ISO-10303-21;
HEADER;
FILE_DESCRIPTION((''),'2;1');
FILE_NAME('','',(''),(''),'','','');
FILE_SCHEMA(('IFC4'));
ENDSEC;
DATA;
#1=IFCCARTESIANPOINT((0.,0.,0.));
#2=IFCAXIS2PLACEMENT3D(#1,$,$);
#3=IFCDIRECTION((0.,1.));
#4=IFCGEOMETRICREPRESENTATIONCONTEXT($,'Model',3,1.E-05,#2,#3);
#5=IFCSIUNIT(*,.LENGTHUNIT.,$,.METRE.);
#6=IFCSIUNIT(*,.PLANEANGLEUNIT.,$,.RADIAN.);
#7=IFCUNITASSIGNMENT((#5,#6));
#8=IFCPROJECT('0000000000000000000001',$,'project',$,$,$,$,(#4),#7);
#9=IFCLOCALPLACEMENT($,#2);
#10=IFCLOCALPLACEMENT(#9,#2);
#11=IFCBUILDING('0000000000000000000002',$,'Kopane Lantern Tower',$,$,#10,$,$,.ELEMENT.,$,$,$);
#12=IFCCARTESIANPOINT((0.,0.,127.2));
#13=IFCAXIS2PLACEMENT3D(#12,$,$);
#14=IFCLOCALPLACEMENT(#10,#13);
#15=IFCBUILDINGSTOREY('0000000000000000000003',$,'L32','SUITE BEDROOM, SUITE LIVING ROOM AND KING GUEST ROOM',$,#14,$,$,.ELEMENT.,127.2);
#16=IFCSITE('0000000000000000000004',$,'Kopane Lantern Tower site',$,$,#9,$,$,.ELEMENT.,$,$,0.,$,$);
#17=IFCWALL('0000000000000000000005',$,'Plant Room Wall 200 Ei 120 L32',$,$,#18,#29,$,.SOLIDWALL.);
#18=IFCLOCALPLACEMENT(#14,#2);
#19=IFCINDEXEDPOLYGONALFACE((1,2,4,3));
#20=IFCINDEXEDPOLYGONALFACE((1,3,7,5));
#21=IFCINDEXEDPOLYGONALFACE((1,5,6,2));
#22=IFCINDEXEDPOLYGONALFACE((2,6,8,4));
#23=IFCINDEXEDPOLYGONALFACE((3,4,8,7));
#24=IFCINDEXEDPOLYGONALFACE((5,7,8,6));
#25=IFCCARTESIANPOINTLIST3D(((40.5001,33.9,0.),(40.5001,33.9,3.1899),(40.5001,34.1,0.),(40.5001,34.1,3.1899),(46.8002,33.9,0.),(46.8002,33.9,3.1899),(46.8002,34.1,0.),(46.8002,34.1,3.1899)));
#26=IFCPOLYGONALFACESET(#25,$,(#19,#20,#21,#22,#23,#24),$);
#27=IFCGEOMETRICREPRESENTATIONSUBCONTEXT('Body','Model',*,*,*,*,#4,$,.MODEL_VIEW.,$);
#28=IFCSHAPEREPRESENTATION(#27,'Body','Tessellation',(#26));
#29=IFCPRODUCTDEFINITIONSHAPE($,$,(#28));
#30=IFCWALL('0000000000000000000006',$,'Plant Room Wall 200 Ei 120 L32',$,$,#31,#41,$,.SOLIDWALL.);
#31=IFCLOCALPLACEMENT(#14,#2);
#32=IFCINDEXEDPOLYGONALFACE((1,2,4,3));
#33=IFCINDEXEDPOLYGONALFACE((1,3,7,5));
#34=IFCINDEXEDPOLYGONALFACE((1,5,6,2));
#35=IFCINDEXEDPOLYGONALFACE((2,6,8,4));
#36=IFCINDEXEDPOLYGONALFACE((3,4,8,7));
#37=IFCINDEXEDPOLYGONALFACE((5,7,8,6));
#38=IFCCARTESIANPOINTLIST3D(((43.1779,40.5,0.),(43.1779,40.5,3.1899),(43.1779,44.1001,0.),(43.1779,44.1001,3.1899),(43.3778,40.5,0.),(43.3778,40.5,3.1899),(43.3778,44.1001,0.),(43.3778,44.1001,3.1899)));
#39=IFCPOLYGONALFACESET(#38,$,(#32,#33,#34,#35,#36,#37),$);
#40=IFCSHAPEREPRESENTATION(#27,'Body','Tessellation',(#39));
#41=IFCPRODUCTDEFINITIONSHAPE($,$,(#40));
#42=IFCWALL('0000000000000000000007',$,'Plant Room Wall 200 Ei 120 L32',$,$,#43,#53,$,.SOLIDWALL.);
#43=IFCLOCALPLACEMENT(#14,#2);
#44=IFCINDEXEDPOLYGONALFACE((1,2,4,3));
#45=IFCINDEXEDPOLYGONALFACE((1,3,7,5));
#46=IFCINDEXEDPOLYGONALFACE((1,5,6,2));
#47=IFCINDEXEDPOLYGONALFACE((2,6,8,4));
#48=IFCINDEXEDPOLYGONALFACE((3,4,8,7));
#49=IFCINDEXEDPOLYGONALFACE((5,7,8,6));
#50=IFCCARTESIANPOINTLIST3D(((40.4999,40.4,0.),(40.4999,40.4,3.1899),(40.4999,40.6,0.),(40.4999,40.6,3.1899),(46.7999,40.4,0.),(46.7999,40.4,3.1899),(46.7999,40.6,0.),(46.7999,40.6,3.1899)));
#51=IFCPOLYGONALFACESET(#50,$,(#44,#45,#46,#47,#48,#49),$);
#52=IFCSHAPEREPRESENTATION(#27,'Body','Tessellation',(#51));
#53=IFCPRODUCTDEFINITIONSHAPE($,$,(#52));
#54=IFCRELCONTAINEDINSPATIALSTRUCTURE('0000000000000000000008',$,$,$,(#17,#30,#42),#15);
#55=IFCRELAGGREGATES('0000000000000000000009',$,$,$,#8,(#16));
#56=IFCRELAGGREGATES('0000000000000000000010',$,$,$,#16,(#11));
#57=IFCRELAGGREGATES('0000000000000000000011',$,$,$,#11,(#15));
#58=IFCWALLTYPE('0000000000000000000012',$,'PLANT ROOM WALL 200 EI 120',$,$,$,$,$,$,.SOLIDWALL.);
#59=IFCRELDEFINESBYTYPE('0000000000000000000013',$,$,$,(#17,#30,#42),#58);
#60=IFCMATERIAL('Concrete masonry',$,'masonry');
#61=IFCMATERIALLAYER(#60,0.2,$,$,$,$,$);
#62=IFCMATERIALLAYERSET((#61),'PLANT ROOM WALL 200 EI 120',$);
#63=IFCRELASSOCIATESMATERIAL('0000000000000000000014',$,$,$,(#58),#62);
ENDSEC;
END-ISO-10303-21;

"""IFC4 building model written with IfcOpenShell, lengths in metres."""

from ifc_helpers import new_model, si_unit, direction, frame, frame_2d, origin, place, context, subcontext, project, spatial, rectangle, extrude, material, layer, layer_set, type_object, element, save


model = new_model("IFC4")

# Units and contexts
model_context = context("Model", 3, precision=1e-05, world=origin(), true_north=direction((0.0, 1.0)))
body_context = subcontext(model_context, "Body", "Model", "MODEL_VIEW")
ifc_project = project(units=[si_unit("LENGTHUNIT", "METRE"), si_unit("PLANEANGLEUNIT", "RADIAN")], contexts=[model_context])

# Site, building, storey
site_placement = place(None, origin())
site = spatial("IfcSite", under=ifc_project, at=site_placement, Name="Kopane Lantern Tower site", CompositionType="ELEMENT", RefElevation=0.0)
building_placement = place(site_placement, origin())
building = spatial("IfcBuilding", under=site, at=building_placement, Name="Kopane Lantern Tower", CompositionType="ELEMENT")
storey_placement = place(building_placement, frame((0.0, 0.0, 127.2)))
storey = spatial("IfcBuildingStorey", under=building, at=storey_placement, Name="L32", Description="SUITE BEDROOM, SUITE LIVING ROOM AND KING GUEST ROOM", CompositionType="ELEMENT", Elevation=127.2)

# Walls
ifc_material_1 = material(Name="Concrete masonry", Category="masonry")
ifc_layer_1 = layer(ifc_material_1, 0.2)
ifc_layer_set_1 = layer_set([ifc_layer_1], Name="PLANT ROOM WALL 200 EI 120")
wall_type_1 = type_object("IfcWallType", Name="PLANT ROOM WALL 200 EI 120", PredefinedType="SOLIDWALL", material=ifc_layer_set_1)
wall_1_placement = place(storey_placement, frame((46.8, 34.0, 0.0), z_axis=(0.0, 0.0, 1.0), x_axis=(-1.0, 0.0, 0.0)))
element("IfcWall", 1, at=wall_1_placement, inside=storey, type_object=wall_type_1, Name="Plant Room Wall 200 Ei 120 L32", PredefinedType="SOLIDWALL", context=body_context, shape_type="SweptSolid", body=[
    extrude(rectangle(XDim=6.3, YDim=0.2, at=frame_2d((3.1499, 0.0))), origin(), (0.0, 0.0, 1.0), 3.1899),
])
wall_2_placement = place(storey_placement, frame((43.2778, 44.1001, 0.0), z_axis=(0.0, 0.0, 1.0), x_axis=(0.0, -1.0, 0.0)))
element("IfcWall", 2, at=wall_2_placement, inside=storey, type_object=wall_type_1, Name="Plant Room Wall 200 Ei 120 L32", PredefinedType="SOLIDWALL", context=body_context, shape_type="SweptSolid", body=[
    extrude(rectangle(XDim=3.6001, YDim=0.2, at=frame_2d((1.8, 0.0))), origin(), (0.0, 0.0, 1.0), 3.1899),
])
wall_3_placement = place(storey_placement, frame((40.5, 40.5, 0.0), z_axis=(0.0, 0.0, 1.0), x_axis=(1.0, 0.0, 0.0)))
element("IfcWall", 3, at=wall_3_placement, inside=storey, type_object=wall_type_1, Name="Plant Room Wall 200 Ei 120 L32", PredefinedType="SOLIDWALL", context=body_context, shape_type="SweptSolid", body=[
    extrude(rectangle(XDim=6.3, YDim=0.2, at=frame_2d((3.1499, 0.0))), origin(), (0.0, 0.0, 1.0), 3.1899),
])

save(model, "model.ifc")
